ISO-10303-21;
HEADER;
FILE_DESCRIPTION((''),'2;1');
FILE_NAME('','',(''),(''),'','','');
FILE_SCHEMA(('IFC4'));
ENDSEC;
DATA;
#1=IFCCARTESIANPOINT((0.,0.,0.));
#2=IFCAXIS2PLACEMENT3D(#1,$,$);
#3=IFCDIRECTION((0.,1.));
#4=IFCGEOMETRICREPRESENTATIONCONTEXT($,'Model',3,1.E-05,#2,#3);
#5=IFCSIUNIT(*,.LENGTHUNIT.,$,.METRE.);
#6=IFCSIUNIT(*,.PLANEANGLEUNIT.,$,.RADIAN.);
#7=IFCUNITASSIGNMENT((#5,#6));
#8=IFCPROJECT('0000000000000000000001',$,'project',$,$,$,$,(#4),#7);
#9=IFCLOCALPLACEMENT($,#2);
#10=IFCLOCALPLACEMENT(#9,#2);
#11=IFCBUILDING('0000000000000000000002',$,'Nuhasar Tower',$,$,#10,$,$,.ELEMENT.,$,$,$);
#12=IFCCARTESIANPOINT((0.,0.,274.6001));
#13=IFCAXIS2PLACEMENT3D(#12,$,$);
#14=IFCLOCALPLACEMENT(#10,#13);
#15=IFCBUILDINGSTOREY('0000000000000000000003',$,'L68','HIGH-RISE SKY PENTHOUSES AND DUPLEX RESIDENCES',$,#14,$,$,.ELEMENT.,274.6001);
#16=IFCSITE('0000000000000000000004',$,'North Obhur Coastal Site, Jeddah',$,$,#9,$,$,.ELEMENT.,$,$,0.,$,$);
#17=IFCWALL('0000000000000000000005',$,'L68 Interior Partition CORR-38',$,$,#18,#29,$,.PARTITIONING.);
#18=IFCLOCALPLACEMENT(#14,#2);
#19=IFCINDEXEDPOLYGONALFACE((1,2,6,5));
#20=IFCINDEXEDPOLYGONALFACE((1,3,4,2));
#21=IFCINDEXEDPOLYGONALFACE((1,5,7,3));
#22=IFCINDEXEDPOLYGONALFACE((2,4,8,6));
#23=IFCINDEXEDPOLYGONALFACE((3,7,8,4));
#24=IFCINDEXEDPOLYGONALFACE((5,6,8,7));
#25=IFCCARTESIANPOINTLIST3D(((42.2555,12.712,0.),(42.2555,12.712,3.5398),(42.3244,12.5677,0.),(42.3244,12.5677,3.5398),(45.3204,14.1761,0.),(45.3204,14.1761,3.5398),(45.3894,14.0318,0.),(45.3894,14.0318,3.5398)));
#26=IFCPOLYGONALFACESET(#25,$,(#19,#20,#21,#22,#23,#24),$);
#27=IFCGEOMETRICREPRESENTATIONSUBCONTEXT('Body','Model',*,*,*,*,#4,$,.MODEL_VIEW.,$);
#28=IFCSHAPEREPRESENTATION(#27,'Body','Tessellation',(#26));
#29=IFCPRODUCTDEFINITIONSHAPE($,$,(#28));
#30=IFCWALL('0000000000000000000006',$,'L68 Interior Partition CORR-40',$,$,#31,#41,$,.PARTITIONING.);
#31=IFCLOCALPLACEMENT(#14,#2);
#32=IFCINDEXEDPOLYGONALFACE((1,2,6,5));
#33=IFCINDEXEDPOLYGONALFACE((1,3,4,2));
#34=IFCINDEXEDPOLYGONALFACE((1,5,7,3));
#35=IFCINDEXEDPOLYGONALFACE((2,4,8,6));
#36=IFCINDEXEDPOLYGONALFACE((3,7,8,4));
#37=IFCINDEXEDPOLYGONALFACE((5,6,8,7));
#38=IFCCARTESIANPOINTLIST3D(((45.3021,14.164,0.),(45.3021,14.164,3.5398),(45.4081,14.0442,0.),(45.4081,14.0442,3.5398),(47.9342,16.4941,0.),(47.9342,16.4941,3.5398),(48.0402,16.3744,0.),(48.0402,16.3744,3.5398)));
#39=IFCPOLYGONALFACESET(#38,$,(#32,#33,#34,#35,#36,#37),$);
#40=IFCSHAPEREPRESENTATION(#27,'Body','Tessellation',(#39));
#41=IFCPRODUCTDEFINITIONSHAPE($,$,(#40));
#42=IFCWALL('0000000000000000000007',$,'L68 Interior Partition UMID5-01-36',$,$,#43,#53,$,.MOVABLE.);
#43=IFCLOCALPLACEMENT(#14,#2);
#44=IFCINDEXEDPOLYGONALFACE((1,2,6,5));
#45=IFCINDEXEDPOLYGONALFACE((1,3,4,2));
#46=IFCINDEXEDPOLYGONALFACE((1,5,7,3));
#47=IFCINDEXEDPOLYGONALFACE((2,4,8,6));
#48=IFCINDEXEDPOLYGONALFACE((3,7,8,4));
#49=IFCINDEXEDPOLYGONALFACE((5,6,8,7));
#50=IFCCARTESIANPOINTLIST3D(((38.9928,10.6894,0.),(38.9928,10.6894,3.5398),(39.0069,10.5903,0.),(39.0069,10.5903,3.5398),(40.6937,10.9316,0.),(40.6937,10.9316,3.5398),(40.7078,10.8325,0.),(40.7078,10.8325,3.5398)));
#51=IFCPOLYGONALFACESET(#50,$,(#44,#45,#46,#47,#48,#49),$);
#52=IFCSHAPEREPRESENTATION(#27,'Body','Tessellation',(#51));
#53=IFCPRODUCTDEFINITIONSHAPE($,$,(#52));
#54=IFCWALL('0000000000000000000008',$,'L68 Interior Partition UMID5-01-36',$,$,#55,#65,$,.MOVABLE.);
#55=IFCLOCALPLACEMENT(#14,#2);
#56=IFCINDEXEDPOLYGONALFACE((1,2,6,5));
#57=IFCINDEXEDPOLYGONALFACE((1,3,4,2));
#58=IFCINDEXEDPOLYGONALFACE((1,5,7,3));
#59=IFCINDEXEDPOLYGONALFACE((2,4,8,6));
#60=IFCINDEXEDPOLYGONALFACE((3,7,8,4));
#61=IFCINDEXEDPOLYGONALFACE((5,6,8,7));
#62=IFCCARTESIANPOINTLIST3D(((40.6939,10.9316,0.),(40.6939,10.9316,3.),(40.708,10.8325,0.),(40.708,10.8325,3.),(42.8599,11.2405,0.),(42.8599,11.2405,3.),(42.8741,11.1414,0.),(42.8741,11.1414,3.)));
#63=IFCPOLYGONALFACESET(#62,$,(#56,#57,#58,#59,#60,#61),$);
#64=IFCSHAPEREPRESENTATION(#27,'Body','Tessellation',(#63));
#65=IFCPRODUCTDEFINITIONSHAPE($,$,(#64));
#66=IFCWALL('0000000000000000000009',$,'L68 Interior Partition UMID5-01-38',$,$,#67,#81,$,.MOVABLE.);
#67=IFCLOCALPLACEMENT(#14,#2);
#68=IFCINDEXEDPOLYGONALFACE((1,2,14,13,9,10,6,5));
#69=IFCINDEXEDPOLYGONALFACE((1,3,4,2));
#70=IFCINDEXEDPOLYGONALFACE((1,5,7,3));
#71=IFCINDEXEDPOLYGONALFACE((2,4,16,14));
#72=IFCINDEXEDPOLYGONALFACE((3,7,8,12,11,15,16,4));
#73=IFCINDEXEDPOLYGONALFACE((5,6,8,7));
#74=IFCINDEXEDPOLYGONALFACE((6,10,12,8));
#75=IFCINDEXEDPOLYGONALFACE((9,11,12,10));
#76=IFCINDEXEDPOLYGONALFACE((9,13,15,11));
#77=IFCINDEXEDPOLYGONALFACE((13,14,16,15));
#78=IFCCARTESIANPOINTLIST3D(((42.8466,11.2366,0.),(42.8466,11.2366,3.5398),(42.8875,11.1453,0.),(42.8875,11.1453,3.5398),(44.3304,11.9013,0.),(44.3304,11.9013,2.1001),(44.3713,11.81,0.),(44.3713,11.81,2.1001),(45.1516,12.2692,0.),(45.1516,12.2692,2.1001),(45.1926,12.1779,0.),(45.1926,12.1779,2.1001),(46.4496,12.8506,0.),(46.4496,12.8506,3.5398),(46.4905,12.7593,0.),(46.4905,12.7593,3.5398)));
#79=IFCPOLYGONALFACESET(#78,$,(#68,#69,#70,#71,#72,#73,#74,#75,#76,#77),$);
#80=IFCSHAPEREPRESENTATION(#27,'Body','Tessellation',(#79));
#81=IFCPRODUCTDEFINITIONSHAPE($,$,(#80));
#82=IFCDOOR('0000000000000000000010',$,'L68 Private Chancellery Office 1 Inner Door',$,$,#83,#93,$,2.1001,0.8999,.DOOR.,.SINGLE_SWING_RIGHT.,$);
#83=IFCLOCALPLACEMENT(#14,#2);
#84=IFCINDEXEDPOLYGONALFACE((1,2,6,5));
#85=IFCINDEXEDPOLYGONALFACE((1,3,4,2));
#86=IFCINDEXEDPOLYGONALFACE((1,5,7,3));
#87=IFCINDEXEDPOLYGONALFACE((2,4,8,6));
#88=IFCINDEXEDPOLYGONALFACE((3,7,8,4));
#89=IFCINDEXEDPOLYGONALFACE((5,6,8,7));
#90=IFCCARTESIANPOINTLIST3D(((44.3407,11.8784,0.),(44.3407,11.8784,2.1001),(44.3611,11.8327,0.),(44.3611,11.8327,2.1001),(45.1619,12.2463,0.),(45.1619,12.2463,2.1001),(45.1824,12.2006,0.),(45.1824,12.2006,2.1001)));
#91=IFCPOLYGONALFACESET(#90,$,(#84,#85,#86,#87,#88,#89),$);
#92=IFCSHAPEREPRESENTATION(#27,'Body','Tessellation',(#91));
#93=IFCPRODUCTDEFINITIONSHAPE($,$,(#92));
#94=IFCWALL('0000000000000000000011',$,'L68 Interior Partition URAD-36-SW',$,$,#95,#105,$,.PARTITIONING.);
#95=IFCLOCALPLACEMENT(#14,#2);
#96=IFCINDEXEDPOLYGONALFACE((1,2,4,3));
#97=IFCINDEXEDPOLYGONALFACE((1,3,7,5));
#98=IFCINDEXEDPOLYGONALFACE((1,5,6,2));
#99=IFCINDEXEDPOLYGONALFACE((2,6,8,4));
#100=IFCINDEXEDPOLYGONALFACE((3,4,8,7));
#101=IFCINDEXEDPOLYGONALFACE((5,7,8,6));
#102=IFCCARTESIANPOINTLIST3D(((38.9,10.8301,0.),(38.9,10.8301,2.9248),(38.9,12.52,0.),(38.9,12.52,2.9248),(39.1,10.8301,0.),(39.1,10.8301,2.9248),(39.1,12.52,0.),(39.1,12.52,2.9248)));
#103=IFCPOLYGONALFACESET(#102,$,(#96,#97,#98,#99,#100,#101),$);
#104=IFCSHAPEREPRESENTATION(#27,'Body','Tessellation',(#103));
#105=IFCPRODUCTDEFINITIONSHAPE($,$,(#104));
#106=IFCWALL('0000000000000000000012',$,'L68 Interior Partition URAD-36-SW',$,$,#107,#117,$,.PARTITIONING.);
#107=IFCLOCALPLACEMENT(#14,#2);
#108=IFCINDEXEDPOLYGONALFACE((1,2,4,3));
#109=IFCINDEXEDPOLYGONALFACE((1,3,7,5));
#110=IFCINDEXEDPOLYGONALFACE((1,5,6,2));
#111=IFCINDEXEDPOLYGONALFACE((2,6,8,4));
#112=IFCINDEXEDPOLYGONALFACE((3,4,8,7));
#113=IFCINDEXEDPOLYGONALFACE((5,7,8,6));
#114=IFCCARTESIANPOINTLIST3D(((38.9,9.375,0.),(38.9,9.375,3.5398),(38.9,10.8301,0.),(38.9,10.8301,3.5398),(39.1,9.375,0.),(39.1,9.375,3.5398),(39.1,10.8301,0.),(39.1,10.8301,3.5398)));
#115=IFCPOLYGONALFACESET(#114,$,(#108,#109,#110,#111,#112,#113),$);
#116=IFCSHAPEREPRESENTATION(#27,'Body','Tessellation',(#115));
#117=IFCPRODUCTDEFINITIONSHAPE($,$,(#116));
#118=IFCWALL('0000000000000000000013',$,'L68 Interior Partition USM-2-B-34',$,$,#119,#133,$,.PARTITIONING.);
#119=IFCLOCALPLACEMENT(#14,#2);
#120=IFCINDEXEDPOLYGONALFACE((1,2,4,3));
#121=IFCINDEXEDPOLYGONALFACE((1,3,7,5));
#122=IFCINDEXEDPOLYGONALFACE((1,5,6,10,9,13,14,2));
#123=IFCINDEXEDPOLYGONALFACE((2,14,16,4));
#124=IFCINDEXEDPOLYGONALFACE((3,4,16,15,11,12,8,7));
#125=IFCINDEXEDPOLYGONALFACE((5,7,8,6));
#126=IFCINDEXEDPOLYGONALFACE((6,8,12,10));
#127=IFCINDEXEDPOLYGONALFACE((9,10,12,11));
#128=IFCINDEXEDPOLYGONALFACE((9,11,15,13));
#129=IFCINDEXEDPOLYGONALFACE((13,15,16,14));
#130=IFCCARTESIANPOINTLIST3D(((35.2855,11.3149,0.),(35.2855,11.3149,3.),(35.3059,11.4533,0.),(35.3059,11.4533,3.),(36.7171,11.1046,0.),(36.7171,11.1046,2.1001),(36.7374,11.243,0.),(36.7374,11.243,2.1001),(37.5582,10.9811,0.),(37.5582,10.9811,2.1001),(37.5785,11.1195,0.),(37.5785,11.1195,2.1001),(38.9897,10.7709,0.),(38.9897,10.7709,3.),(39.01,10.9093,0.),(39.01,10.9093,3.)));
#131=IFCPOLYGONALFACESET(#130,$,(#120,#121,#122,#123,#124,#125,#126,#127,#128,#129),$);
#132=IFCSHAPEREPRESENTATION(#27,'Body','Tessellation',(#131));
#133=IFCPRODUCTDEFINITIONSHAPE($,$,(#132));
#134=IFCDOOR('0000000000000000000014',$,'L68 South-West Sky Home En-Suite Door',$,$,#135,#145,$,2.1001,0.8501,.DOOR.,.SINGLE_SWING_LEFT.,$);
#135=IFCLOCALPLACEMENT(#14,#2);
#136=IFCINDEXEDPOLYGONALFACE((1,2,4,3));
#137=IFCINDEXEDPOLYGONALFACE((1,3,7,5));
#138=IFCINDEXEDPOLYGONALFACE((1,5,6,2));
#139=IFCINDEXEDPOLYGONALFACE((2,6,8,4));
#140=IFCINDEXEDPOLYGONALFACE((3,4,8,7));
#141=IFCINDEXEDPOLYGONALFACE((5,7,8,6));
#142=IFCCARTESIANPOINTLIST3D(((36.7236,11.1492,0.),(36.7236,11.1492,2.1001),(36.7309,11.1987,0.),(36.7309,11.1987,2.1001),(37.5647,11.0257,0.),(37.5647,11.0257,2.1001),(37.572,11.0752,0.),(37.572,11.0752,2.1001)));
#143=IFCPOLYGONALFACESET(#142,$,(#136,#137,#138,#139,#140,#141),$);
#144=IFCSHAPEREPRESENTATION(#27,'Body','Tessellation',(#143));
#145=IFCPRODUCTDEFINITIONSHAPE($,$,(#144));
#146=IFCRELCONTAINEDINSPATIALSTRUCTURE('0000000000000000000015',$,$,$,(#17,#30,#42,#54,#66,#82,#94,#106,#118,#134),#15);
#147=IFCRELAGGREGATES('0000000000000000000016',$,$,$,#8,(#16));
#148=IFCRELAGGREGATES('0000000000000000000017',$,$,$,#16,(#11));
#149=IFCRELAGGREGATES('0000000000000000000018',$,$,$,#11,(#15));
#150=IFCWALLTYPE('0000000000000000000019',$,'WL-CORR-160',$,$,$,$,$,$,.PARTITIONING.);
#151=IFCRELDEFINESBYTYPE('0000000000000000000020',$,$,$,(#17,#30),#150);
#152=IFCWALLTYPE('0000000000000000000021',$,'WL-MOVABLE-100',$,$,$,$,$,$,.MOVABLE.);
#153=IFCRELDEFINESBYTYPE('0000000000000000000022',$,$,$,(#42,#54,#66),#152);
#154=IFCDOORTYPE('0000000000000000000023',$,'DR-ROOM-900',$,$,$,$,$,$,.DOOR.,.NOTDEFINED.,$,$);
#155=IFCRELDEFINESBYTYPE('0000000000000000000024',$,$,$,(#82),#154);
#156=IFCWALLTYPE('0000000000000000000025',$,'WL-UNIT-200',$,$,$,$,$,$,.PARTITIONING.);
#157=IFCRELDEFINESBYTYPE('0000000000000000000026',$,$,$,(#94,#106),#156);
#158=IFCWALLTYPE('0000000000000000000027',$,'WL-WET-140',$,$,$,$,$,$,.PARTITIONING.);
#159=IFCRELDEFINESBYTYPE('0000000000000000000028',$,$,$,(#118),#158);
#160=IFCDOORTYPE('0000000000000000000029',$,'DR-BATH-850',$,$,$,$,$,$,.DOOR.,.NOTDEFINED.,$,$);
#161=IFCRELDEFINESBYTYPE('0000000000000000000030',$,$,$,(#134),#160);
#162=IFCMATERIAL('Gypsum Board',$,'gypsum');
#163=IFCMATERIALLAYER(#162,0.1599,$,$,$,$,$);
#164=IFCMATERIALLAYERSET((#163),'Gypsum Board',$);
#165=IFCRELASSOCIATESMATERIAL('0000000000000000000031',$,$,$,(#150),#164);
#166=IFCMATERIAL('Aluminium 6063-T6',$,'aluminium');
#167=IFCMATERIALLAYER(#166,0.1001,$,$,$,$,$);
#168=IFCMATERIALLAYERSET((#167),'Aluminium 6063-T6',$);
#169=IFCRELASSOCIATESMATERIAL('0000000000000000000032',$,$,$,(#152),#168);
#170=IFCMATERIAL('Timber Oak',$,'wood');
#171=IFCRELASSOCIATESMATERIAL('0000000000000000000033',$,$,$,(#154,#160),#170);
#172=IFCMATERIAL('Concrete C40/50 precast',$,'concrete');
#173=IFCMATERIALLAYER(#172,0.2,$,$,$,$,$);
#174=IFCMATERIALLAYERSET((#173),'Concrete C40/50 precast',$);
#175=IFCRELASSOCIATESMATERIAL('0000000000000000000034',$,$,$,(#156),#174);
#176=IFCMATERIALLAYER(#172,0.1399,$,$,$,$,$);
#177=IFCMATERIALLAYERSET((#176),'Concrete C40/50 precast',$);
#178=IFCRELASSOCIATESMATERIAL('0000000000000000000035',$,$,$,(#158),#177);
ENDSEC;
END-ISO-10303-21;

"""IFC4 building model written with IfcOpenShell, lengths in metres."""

from ifc_helpers import new_model, si_unit, direction, frame, frame_2d, origin, place, context, subcontext, project, spatial, rectangle, extrude, material, layer, layer_set, type_object, element, fill, save


model = new_model("IFC4")

# Units and contexts
model_context = context("Model", 3, precision=1e-05, world=origin(), true_north=direction((0.0, 1.0)))
body_context = subcontext(model_context, "Body", "Model", "MODEL_VIEW")
ifc_project = project(units=[si_unit("LENGTHUNIT", "METRE"), si_unit("PLANEANGLEUNIT", "RADIAN")], contexts=[model_context])

# Site, building, storey
site_placement = place(None, origin())
site = spatial("IfcSite", under=ifc_project, at=site_placement, Name="North Obhur Coastal Site, Jeddah", CompositionType="ELEMENT", RefElevation=0.0)
building_placement = place(site_placement, origin())
building = spatial("IfcBuilding", under=site, at=building_placement, Name="Nuhasar Tower", CompositionType="ELEMENT")
storey_placement = place(building_placement, frame((0.0, 0.0, 274.6001)))
storey = spatial("IfcBuildingStorey", under=building, at=storey_placement, Name="L68", Description="HIGH-RISE SKY PENTHOUSES AND DUPLEX RESIDENCES", CompositionType="ELEMENT", Elevation=274.6001)

# Shared definitions
ifc_material_1 = material(Name="Aluminium 6063-T6", Category="aluminium")

# Shared definitions
ifc_material_2 = material(Name="Gypsum Board", Category="gypsum")
ifc_layer_1 = layer(ifc_material_2, 0.1599)
ifc_layer_set_1 = layer_set([ifc_layer_1], Name="Gypsum Board")
wall_type_1 = type_object("IfcWallType", Name="WL-CORR-160", PredefinedType="PARTITIONING", material=ifc_layer_set_1)
ifc_material_3 = material(Name="Timber Oak", Category="wood")

# Walls
wall_1_placement = place(storey_placement, frame((42.29, 12.6399, 0.0), z_axis=(0.0, 0.0, 1.0), x_axis=(0.902332, 0.431041, 0.0)))
element("IfcWall", 1, at=wall_1_placement, inside=storey, type_object=wall_type_1, Name="L68 Interior Partition CORR-38", PredefinedType="PARTITIONING", context=body_context, shape_type="SweptSolid", body=[
    extrude(rectangle(XDim=3.3967, YDim=0.1599, at=frame_2d((1.6982, 0.0))), origin(), (0.0, 0.0, 1.0), 3.5398),
])
wall_2_placement = place(storey_placement, frame((45.355, 14.104, 0.0), z_axis=(0.0, 0.0, 1.0), x_axis=(0.748757, 0.662845, 0.0)))
element("IfcWall", 2, at=wall_2_placement, inside=storey, type_object=wall_type_1, Name="L68 Interior Partition CORR-40", PredefinedType="PARTITIONING", context=body_context, shape_type="SweptSolid", body=[
    extrude(rectangle(XDim=3.5154, YDim=0.1599, at=frame_2d((1.7578, 0.0))), origin(), (0.0, 0.0, 1.0), 3.5398),
])
ifc_layer_2 = layer(ifc_material_1, 0.1001)
ifc_layer_set_2 = layer_set([ifc_layer_2], Name="Aluminium 6063-T6")
wall_type_2 = type_object("IfcWallType", Name="WL-MOVABLE-100", PredefinedType="MOVABLE", material=ifc_layer_set_2)
wall_3_placement = place(storey_placement, frame((39.0, 10.6399, 0.0), z_axis=(0.0, 0.0, 1.0), x_axis=(0.990015, 0.140964, 0.0)))
element("IfcWall", 3, at=wall_3_placement, inside=storey, type_object=wall_type_2, Name="L68 Interior Partition UMID5-01-36", PredefinedType="MOVABLE", context=body_context, shape_type="SweptSolid", body=[
    extrude(rectangle(XDim=1.718, YDim=0.1001, at=frame_2d((0.8589, 0.0))), origin(), (0.0, 0.0, 1.0), 3.5398),
])
wall_4_placement = place(storey_placement, frame((40.7009, 10.8821, 0.0), z_axis=(0.0, 0.0, 1.0), x_axis=(0.989987, 0.141156, 0.0)))
element("IfcWall", 4, at=wall_4_placement, inside=storey, type_object=wall_type_2, Name="L68 Interior Partition UMID5-01-36", PredefinedType="MOVABLE", context=body_context, shape_type="SweptSolid", body=[
    extrude(rectangle(XDim=2.188, YDim=0.1001, at=frame_2d((1.094, 0.0))), origin(), (0.0, 0.0, 1.0), 3.0),
])

# Wall, opening, door
wall_5_placement = place(storey_placement, frame((42.8669, 11.1909, 0.0), z_axis=(0.0, 0.0, 1.0), x_axis=(0.912617, 0.408816, 0.0)))
wall_5 = element("IfcWall", 5, at=wall_5_placement, inside=storey, type_object=wall_type_2, Name="L68 Interior Partition UMID5-01-38", PredefinedType="MOVABLE", context=body_context, shape_type="SweptSolid", body=[
    extrude(rectangle(XDim=3.948, YDim=0.1001, at=frame_2d((1.9741, 0.0))), origin(), (0.0, 0.0, 1.0), 3.5398),
])
opening_1_placement = place(wall_5_placement, frame((1.626, 0.0, 0.0)))
opening_1 = element("IfcOpeningElement", 6, at=opening_1_placement, cuts=wall_5, PredefinedType="OPENING", context=body_context, shape_type="SweptSolid", body=[
    extrude(rectangle(XDim=0.8999, YDim=2.1001, at=frame_2d((0.45, 1.05))), frame((0.0, 0.0601, 0.0), z_axis=(0.0, -1.0, 0.0), x_axis=(1.0, 0.0, 0.0)), (0.0, 0.0, 1.0), 0.1201),
])
door_type_1 = type_object("IfcDoorType", Name="DR-ROOM-900", OperationType="NOTDEFINED", PredefinedType="DOOR", material=ifc_material_3)
door_1_placement = place(opening_1_placement, origin())
door_1 = element("IfcDoor", 7, at=door_1_placement, inside=storey, type_object=door_type_1, Name="L68 Private Chancellery Office 1 Inner Door", OperationType="SINGLE_SWING_RIGHT", OverallHeight=2.1001, OverallWidth=0.8999, PredefinedType="DOOR", context=body_context, shape_type="SweptSolid", body=[
    extrude(rectangle(XDim=0.8999, YDim=2.1001, at=frame_2d((0.45, 1.05))), frame((0.0, 0.0249, 0.0), z_axis=(0.0, -1.0, 0.0), x_axis=(1.0, 0.0, 0.0)), (0.0, 0.0, 1.0), 0.05),
])
fill(opening_1, door_1)

# Walls
ifc_material_4 = material(Name="Concrete C40/50 precast", Category="concrete")
ifc_layer_3 = layer(ifc_material_4, 0.2)
ifc_layer_set_3 = layer_set([ifc_layer_3], Name="Concrete C40/50 precast")
wall_type_3 = type_object("IfcWallType", Name="WL-UNIT-200", PredefinedType="PARTITIONING", material=ifc_layer_set_3)
wall_6_placement = place(storey_placement, frame((39.0, 12.52, 0.0), z_axis=(0.0, 0.0, 1.0), x_axis=(0.0, -1.0, 0.0)))
element("IfcWall", 8, at=wall_6_placement, inside=storey, type_object=wall_type_3, Name="L68 Interior Partition URAD-36-SW", PredefinedType="PARTITIONING", context=body_context, shape_type="SweptSolid", body=[
    extrude(rectangle(XDim=1.6899, YDim=0.2, at=frame_2d((0.845, 0.0))), origin(), (0.0, 0.0, 1.0), 2.9248),
])
wall_7_placement = place(storey_placement, frame((39.0, 10.8301, 0.0), z_axis=(0.0, 0.0, 1.0), x_axis=(0.0, -1.0, 0.0)))
element("IfcWall", 9, at=wall_7_placement, inside=storey, type_object=wall_type_3, Name="L68 Interior Partition URAD-36-SW", PredefinedType="PARTITIONING", context=body_context, shape_type="SweptSolid", body=[
    extrude(rectangle(XDim=1.4551, YDim=0.2, at=frame_2d((0.7275, 0.0))), origin(), (0.0, 0.0, 1.0), 3.5398),
])

# Wall, opening, door
ifc_layer_4 = layer(ifc_material_4, 0.1399)
ifc_layer_set_4 = layer_set([ifc_layer_4], Name="Concrete C40/50 precast")
wall_type_4 = type_object("IfcWallType", Name="WL-WET-140", PredefinedType="PARTITIONING", material=ifc_layer_set_4)
wall_8_placement = place(storey_placement, frame((39.0, 10.8401, 0.0), z_axis=(0.0, 0.0, 1.0), x_axis=(-0.989389, 0.145291, 0.0)))
wall_8 = element("IfcWall", 10, at=wall_8_placement, inside=storey, type_object=wall_type_4, Name="L68 Interior Partition USM-2-B-34", PredefinedType="PARTITIONING", context=body_context, shape_type="SweptSolid", body=[
    extrude(rectangle(XDim=3.7439, YDim=0.1399, at=frame_2d((1.8721, 0.0))), origin(), (0.0, 0.0, 1.0), 3.0),
])
opening_2_placement = place(wall_8_placement, frame((1.447, 0.0, 0.0)))
opening_2 = element("IfcOpeningElement", 11, at=opening_2_placement, cuts=wall_8, PredefinedType="OPENING", context=body_context, shape_type="SweptSolid", body=[
    extrude(rectangle(XDim=0.8501, YDim=2.1001, at=frame_2d((0.425, 1.05))), frame((0.0, 0.0801, 0.0), z_axis=(0.0, -1.0, 0.0), x_axis=(1.0, 0.0, 0.0)), (0.0, 0.0, 1.0), 0.1599),
])
door_type_2 = type_object("IfcDoorType", Name="DR-BATH-850", OperationType="NOTDEFINED", PredefinedType="DOOR", material=ifc_material_3)
door_2_placement = place(opening_2_placement, origin())
door_2 = element("IfcDoor", 12, at=door_2_placement, inside=storey, type_object=door_type_2, Name="L68 South-West Sky Home En-Suite Door", OperationType="SINGLE_SWING_LEFT", OverallHeight=2.1001, OverallWidth=0.8501, PredefinedType="DOOR", context=body_context, shape_type="SweptSolid", body=[
    extrude(rectangle(XDim=0.8501, YDim=2.1001, at=frame_2d((0.425, 1.05))), frame((0.0, 0.0249, 0.0), z_axis=(0.0, -1.0, 0.0), x_axis=(1.0, 0.0, 0.0)), (0.0, 0.0, 1.0), 0.05),
])
fill(opening_2, door_2)

save(model, "model.ifc")
